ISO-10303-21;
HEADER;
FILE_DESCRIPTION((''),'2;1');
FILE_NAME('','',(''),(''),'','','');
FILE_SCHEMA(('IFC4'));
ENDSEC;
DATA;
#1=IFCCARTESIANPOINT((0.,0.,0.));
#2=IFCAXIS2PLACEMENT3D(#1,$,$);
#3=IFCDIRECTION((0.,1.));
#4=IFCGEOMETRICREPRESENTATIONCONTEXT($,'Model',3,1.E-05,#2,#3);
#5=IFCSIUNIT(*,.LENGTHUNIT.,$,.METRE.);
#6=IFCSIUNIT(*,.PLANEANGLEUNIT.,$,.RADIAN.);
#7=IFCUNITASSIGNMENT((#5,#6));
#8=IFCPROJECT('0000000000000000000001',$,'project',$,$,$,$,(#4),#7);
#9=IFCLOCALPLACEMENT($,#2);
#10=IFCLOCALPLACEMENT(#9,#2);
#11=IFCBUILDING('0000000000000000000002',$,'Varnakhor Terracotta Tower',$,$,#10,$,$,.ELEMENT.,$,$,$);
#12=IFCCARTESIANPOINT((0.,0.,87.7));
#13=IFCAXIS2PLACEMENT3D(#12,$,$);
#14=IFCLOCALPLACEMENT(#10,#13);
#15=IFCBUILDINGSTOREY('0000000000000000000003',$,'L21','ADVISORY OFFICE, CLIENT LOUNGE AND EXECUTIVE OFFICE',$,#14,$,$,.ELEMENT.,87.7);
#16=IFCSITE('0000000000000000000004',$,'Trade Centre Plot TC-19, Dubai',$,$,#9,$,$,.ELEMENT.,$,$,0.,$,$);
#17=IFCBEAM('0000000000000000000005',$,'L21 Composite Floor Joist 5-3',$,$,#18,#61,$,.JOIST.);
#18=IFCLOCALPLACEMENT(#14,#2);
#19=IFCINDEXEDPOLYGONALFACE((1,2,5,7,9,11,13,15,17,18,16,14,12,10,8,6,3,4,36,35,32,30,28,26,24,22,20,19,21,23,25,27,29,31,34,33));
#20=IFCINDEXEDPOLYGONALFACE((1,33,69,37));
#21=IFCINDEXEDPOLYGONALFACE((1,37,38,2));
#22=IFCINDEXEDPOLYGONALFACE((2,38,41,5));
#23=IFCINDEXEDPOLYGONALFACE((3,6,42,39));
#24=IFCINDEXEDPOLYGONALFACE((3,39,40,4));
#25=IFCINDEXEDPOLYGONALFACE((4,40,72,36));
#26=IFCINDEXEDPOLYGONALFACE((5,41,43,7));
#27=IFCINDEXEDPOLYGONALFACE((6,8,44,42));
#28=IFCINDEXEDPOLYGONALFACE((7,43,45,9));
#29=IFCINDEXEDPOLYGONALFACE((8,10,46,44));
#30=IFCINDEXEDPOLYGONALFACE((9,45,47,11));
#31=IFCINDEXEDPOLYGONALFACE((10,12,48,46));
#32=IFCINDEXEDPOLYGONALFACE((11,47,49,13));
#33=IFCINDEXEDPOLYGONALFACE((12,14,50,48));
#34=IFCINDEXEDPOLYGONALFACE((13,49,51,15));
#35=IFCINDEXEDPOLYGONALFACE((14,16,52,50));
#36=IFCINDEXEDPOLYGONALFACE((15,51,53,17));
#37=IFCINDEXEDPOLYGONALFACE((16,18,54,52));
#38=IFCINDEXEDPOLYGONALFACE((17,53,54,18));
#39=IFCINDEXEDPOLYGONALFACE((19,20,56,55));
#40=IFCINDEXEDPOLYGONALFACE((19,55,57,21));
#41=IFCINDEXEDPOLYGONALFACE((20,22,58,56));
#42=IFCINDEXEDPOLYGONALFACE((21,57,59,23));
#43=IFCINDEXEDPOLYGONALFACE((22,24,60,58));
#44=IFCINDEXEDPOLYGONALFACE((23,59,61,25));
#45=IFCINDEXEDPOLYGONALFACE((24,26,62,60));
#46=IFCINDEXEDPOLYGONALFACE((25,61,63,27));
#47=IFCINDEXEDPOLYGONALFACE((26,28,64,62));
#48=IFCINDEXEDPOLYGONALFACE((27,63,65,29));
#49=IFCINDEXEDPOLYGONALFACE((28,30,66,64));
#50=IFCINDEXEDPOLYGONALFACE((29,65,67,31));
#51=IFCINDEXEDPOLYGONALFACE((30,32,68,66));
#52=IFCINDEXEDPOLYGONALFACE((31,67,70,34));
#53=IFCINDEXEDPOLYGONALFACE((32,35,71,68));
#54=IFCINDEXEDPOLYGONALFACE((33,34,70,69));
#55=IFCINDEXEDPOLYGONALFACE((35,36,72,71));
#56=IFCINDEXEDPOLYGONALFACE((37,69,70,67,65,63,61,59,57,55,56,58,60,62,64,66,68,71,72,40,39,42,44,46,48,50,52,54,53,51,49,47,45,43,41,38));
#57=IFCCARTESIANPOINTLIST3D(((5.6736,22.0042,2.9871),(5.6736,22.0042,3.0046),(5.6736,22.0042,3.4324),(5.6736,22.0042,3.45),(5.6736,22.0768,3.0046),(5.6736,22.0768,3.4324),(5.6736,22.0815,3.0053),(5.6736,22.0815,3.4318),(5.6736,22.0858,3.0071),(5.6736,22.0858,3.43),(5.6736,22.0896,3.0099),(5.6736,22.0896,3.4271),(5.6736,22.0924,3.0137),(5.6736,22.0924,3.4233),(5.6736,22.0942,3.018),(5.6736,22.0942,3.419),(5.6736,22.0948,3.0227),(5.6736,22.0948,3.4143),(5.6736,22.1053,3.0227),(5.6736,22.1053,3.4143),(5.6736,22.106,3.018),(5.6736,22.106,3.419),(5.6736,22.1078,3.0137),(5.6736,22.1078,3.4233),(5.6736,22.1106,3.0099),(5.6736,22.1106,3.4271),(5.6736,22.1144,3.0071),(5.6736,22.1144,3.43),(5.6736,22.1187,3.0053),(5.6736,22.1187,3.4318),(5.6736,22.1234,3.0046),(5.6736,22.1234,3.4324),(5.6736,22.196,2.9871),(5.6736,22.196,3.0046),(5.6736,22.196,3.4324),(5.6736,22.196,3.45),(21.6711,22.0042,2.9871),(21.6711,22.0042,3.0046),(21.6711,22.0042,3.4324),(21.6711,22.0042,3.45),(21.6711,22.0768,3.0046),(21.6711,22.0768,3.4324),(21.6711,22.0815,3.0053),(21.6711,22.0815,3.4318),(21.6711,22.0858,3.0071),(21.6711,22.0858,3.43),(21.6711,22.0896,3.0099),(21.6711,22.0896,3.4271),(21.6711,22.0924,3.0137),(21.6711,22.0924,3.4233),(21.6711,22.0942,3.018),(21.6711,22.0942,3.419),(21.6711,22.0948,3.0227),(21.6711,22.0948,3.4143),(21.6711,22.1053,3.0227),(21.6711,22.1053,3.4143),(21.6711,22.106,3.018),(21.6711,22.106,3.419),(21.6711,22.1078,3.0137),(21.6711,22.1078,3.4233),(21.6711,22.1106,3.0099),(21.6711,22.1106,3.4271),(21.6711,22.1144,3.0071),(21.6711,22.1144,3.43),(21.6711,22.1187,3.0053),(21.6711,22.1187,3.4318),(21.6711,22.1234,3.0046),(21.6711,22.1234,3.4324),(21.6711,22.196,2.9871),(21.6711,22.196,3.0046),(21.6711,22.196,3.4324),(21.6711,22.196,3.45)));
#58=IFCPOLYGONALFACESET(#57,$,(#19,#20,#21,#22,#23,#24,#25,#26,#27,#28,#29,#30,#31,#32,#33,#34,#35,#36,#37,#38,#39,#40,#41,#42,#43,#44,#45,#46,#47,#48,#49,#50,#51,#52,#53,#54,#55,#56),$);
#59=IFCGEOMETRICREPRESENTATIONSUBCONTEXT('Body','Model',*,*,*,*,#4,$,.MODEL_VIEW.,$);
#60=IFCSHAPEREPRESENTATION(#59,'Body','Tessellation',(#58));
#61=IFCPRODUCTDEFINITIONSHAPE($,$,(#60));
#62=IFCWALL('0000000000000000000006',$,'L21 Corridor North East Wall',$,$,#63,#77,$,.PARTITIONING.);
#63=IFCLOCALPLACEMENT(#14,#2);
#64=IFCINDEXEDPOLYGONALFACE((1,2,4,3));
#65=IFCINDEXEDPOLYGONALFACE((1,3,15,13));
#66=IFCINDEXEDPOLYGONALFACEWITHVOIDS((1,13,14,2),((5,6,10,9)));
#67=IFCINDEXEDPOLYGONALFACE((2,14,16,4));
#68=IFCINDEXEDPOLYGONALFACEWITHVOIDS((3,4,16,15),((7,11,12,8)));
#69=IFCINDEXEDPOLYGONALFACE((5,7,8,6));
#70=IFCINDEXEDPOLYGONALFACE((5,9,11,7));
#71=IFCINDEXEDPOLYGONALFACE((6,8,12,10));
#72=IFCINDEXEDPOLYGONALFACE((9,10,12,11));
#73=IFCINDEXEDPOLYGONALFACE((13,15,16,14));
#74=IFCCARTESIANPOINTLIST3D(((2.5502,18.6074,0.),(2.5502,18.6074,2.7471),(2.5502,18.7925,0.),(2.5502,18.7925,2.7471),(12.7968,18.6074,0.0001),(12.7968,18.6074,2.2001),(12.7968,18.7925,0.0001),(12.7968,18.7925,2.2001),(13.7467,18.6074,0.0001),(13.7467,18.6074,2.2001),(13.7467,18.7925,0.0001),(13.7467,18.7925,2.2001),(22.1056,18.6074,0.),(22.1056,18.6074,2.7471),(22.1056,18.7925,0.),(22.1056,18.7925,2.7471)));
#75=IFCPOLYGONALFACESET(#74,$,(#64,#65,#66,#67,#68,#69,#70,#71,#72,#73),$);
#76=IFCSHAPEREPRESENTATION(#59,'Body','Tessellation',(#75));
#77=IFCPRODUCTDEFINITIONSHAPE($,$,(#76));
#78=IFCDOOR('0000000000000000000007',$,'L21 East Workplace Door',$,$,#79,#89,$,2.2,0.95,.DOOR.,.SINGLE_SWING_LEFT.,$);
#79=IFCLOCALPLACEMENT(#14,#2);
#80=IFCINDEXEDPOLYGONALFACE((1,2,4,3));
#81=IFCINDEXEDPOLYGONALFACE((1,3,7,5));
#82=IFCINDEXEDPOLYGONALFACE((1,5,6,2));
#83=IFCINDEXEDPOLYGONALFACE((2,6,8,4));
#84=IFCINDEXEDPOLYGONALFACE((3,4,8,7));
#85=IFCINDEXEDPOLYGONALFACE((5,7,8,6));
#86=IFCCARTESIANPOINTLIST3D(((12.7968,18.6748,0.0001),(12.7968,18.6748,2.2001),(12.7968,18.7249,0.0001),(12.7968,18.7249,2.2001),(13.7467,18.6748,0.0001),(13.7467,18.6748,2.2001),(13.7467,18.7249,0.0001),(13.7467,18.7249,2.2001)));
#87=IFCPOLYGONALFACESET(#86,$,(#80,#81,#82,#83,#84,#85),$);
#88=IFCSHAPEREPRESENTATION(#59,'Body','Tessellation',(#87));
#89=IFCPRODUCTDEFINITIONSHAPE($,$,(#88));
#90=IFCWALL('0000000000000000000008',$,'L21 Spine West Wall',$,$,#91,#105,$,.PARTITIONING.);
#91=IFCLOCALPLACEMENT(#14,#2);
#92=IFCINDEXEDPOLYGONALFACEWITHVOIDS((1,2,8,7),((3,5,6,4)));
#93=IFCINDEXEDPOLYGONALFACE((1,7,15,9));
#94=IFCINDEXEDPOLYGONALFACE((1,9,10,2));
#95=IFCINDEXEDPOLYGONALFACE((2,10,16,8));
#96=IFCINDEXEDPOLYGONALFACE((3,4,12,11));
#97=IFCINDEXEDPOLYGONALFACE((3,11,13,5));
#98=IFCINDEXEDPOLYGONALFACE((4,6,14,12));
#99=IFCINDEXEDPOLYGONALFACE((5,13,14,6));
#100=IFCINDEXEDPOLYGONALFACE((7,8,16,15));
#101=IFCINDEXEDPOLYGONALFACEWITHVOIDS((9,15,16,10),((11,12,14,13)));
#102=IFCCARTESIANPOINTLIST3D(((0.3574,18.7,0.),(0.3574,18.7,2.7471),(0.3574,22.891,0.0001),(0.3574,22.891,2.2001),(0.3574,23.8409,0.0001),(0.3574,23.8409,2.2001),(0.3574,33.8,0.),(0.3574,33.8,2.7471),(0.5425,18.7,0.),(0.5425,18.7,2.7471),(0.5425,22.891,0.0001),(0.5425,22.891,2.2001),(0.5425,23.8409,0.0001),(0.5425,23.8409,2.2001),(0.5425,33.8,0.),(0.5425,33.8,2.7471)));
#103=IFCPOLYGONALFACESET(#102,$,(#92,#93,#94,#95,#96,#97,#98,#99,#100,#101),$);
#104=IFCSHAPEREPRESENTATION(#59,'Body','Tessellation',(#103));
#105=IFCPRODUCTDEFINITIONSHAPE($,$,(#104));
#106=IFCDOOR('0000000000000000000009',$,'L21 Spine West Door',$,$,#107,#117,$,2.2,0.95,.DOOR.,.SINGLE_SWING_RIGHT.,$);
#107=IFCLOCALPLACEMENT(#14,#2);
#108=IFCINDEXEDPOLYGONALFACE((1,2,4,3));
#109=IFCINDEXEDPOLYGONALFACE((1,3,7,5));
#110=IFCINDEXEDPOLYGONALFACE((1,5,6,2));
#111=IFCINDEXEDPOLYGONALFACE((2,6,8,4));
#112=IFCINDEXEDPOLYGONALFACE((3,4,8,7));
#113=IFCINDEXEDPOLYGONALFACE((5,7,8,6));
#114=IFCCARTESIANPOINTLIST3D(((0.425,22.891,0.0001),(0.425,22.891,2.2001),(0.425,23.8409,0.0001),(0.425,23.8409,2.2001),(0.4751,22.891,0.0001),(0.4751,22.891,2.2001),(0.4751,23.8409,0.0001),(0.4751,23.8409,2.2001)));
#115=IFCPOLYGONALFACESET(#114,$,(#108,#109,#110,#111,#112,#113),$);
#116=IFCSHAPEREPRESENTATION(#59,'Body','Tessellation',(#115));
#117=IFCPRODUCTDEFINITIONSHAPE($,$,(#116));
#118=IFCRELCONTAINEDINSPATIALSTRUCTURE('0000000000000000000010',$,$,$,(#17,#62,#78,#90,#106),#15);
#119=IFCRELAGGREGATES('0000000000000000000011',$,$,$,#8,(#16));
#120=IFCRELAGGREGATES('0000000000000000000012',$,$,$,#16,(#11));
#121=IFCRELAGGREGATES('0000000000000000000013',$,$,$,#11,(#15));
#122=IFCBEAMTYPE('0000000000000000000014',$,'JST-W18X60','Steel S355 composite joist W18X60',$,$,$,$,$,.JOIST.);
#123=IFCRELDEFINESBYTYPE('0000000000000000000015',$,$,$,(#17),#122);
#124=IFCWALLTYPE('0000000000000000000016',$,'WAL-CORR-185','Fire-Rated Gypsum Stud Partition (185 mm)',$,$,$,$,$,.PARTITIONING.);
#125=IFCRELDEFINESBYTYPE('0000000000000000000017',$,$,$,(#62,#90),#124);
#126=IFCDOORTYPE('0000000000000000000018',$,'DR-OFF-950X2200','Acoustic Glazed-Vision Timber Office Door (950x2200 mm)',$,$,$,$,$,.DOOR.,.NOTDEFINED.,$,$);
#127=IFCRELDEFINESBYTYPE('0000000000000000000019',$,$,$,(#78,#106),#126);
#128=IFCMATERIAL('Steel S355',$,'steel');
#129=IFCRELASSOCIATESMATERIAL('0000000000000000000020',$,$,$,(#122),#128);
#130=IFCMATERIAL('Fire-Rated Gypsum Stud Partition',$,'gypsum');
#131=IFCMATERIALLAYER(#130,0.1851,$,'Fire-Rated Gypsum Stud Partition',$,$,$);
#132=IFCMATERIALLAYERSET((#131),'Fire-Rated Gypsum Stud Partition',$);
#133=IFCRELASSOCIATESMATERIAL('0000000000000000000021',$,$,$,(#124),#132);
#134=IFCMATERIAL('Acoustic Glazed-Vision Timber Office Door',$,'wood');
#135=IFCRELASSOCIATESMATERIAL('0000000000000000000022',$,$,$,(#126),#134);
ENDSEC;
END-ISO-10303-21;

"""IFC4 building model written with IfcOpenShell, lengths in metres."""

from ifc_helpers import new_model, si_unit, direction, frame, frame_2d, origin, origin_2d, place, context, subcontext, project, spatial, rectangle, i_section, extrude, source, transform, mapped, material, layer, layer_set, material_profile, profile_set, type_object, type_shapes, element, fill, save


model = new_model("IFC4")

# Units and contexts
model_context = context("Model", 3, precision=1e-05, world=origin(), true_north=direction((0.0, 1.0)))
body_context = subcontext(model_context, "Body", "Model", "MODEL_VIEW")
ifc_project = project(units=[si_unit("LENGTHUNIT", "METRE"), si_unit("PLANEANGLEUNIT", "RADIAN")], contexts=[model_context])

# Site, building, storey
site_placement = place(None, origin())
site = spatial("IfcSite", under=ifc_project, at=site_placement, Name="Trade Centre Plot TC-19, Dubai", CompositionType="ELEMENT", RefElevation=0.0)
building_placement = place(site_placement, origin())
building = spatial("IfcBuilding", under=site, at=building_placement, Name="Varnakhor Terracotta Tower", CompositionType="ELEMENT")
storey_placement = place(building_placement, frame((0.0, 0.0, 87.7)))
storey = spatial("IfcBuildingStorey", under=building, at=storey_placement, Name="L21", Description="ADVISORY OFFICE, CLIENT LOUNGE AND EXECUTIVE OFFICE", CompositionType="ELEMENT", Elevation=87.7)

# Beam
ifc_material_1 = material(Name="Steel S355", Category="steel")
ifc_material_profile_1 = material_profile(ifc_material_1, i_section(OverallWidth=0.1919, OverallDepth=0.4629, WebThickness=0.0105, FlangeThickness=0.0176, FilletRadius=0.0181, at=origin_2d()), Name="W18X60")
ifc_profile_set_1 = profile_set([ifc_material_profile_1], Name="Steel S355")
beam_type_1 = type_object("IfcBeamType", Name="JST-W18X60", Description="Steel S355 composite joist W18X60", PredefinedType="JOIST", material=ifc_profile_set_1)
shared_shape_1 = source(origin(), body_context, "Body", "SweptSolid", [
    extrude(i_section(OverallWidth=0.1919, OverallDepth=0.4629, WebThickness=0.0105, FlangeThickness=0.0176, FilletRadius=0.0181, at=origin_2d()), origin(), (0.0, 0.0, 1.0), 15.9976),
])
beam_1_placement = place(storey_placement, frame((5.6736, 22.1001, 3.2185), z_axis=(1.0, 0.0, 0.0), x_axis=(0.0, 1.0, 0.0)))
element("IfcBeam", 1, at=beam_1_placement, inside=storey, type_object=beam_type_1, Name="L21 Composite Floor Joist 5-3", PredefinedType="JOIST", context=body_context, shape_type="MappedRepresentation", body=[
    mapped(shared_shape_1, transform((0.0, 0.0, 0.0), scale=1.0)),
])

# Walls, openings, doors
ifc_material_2 = material(Name="Fire-Rated Gypsum Stud Partition", Category="gypsum")
ifc_layer_1 = layer(ifc_material_2, 0.1851, Name="Fire-Rated Gypsum Stud Partition")
ifc_layer_set_1 = layer_set([ifc_layer_1], Name="Fire-Rated Gypsum Stud Partition")
wall_type_1 = type_object("IfcWallType", Name="WAL-CORR-185", Description="Fire-Rated Gypsum Stud Partition (185 mm)", PredefinedType="PARTITIONING", material=ifc_layer_set_1)
wall_1_placement = place(storey_placement, frame((2.55, 18.7, 0.0), z_axis=(0.0, 0.0, 1.0), x_axis=(1.0, 0.0, 0.0)))
wall_1 = element("IfcWall", 2, at=wall_1_placement, inside=storey, type_object=wall_type_1, Name="L21 Corridor North East Wall", PredefinedType="PARTITIONING", context=body_context, shape_type="SweptSolid", body=[
    extrude(rectangle(XDim=19.5554, YDim=0.1851, at=frame_2d((9.7778, 0.0))), origin(), (0.0, 0.0, 1.0), 2.7471),
])
opening_1_placement = place(wall_1_placement, frame((10.2466, 0.0, 0.0)))
opening_1 = element("IfcOpeningElement", 3, at=opening_1_placement, cuts=wall_1, PredefinedType="OPENING", context=body_context, shape_type="SweptSolid", body=[
    extrude(rectangle(XDim=0.95, YDim=2.2, at=frame_2d((0.4751, 1.1001))), frame((0.0, 0.1025, 0.0), z_axis=(0.0, -1.0, 0.0), x_axis=(1.0, 0.0, 0.0)), (0.0, 0.0, 1.0), 0.2051),
])
ifc_material_3 = material(Name="Acoustic Glazed-Vision Timber Office Door", Category="wood")
door_type_1 = type_object("IfcDoorType", Name="DR-OFF-950X2200", Description="Acoustic Glazed-Vision Timber Office Door (950x2200 mm)", OperationType="NOTDEFINED", PredefinedType="DOOR", material=ifc_material_3)
shared_shape_2 = source(origin(), body_context, "Body", "SweptSolid", [
    extrude(rectangle(XDim=0.95, YDim=2.2, at=frame_2d((0.4751, 1.1001))), frame((0.0, 0.0249, 0.0), z_axis=(0.0, -1.0, 0.0), x_axis=(1.0, 0.0, 0.0)), (0.0, 0.0, 1.0), 0.05),
])
type_shapes(door_type_1, [shared_shape_2])
door_1_placement = place(opening_1_placement, origin())
door_1 = element("IfcDoor", 4, at=door_1_placement, inside=storey, type_object=door_type_1, Name="L21 East Workplace Door", OperationType="SINGLE_SWING_LEFT", OverallHeight=2.2, OverallWidth=0.95, PredefinedType="DOOR", context=body_context, shape_type="MappedRepresentation", body=[
    mapped(shared_shape_2, transform((0.0, 0.0, 0.0), scale=1.0)),
])
fill(opening_1, door_1)
wall_2_placement = place(storey_placement, frame((0.45, 18.7, 0.0), z_axis=(0.0, 0.0, 1.0), x_axis=(0.0, 1.0, 0.0)))
wall_2 = element("IfcWall", 5, at=wall_2_placement, inside=storey, type_object=wall_type_1, Name="L21 Spine West Wall", PredefinedType="PARTITIONING", context=body_context, shape_type="SweptSolid", body=[
    extrude(rectangle(XDim=15.1001, YDim=0.1851, at=frame_2d((7.55, 0.0))), origin(), (0.0, 0.0, 1.0), 2.7471),
])
opening_2_placement = place(wall_2_placement, frame((4.1909, 0.0, 0.0)))
opening_2 = element("IfcOpeningElement", 6, at=opening_2_placement, cuts=wall_2, PredefinedType="OPENING", context=body_context, shape_type="SweptSolid", body=[
    extrude(rectangle(XDim=0.95, YDim=2.2, at=frame_2d((0.4751, 1.1001))), frame((0.0, 0.1025, 0.0), z_axis=(0.0, -1.0, 0.0), x_axis=(1.0, 0.0, 0.0)), (0.0, 0.0, 1.0), 0.2051),
])
door_2_placement = place(opening_2_placement, origin())
door_2 = element("IfcDoor", 7, at=door_2_placement, inside=storey, type_object=door_type_1, Name="L21 Spine West Door", OperationType="SINGLE_SWING_RIGHT", OverallHeight=2.2, OverallWidth=0.95, PredefinedType="DOOR", context=body_context, shape_type="MappedRepresentation", body=[
    mapped(shared_shape_2, transform((0.0, 0.0, 0.0), scale=1.0)),
])
fill(opening_2, door_2)

save(model, "model.ifc")
